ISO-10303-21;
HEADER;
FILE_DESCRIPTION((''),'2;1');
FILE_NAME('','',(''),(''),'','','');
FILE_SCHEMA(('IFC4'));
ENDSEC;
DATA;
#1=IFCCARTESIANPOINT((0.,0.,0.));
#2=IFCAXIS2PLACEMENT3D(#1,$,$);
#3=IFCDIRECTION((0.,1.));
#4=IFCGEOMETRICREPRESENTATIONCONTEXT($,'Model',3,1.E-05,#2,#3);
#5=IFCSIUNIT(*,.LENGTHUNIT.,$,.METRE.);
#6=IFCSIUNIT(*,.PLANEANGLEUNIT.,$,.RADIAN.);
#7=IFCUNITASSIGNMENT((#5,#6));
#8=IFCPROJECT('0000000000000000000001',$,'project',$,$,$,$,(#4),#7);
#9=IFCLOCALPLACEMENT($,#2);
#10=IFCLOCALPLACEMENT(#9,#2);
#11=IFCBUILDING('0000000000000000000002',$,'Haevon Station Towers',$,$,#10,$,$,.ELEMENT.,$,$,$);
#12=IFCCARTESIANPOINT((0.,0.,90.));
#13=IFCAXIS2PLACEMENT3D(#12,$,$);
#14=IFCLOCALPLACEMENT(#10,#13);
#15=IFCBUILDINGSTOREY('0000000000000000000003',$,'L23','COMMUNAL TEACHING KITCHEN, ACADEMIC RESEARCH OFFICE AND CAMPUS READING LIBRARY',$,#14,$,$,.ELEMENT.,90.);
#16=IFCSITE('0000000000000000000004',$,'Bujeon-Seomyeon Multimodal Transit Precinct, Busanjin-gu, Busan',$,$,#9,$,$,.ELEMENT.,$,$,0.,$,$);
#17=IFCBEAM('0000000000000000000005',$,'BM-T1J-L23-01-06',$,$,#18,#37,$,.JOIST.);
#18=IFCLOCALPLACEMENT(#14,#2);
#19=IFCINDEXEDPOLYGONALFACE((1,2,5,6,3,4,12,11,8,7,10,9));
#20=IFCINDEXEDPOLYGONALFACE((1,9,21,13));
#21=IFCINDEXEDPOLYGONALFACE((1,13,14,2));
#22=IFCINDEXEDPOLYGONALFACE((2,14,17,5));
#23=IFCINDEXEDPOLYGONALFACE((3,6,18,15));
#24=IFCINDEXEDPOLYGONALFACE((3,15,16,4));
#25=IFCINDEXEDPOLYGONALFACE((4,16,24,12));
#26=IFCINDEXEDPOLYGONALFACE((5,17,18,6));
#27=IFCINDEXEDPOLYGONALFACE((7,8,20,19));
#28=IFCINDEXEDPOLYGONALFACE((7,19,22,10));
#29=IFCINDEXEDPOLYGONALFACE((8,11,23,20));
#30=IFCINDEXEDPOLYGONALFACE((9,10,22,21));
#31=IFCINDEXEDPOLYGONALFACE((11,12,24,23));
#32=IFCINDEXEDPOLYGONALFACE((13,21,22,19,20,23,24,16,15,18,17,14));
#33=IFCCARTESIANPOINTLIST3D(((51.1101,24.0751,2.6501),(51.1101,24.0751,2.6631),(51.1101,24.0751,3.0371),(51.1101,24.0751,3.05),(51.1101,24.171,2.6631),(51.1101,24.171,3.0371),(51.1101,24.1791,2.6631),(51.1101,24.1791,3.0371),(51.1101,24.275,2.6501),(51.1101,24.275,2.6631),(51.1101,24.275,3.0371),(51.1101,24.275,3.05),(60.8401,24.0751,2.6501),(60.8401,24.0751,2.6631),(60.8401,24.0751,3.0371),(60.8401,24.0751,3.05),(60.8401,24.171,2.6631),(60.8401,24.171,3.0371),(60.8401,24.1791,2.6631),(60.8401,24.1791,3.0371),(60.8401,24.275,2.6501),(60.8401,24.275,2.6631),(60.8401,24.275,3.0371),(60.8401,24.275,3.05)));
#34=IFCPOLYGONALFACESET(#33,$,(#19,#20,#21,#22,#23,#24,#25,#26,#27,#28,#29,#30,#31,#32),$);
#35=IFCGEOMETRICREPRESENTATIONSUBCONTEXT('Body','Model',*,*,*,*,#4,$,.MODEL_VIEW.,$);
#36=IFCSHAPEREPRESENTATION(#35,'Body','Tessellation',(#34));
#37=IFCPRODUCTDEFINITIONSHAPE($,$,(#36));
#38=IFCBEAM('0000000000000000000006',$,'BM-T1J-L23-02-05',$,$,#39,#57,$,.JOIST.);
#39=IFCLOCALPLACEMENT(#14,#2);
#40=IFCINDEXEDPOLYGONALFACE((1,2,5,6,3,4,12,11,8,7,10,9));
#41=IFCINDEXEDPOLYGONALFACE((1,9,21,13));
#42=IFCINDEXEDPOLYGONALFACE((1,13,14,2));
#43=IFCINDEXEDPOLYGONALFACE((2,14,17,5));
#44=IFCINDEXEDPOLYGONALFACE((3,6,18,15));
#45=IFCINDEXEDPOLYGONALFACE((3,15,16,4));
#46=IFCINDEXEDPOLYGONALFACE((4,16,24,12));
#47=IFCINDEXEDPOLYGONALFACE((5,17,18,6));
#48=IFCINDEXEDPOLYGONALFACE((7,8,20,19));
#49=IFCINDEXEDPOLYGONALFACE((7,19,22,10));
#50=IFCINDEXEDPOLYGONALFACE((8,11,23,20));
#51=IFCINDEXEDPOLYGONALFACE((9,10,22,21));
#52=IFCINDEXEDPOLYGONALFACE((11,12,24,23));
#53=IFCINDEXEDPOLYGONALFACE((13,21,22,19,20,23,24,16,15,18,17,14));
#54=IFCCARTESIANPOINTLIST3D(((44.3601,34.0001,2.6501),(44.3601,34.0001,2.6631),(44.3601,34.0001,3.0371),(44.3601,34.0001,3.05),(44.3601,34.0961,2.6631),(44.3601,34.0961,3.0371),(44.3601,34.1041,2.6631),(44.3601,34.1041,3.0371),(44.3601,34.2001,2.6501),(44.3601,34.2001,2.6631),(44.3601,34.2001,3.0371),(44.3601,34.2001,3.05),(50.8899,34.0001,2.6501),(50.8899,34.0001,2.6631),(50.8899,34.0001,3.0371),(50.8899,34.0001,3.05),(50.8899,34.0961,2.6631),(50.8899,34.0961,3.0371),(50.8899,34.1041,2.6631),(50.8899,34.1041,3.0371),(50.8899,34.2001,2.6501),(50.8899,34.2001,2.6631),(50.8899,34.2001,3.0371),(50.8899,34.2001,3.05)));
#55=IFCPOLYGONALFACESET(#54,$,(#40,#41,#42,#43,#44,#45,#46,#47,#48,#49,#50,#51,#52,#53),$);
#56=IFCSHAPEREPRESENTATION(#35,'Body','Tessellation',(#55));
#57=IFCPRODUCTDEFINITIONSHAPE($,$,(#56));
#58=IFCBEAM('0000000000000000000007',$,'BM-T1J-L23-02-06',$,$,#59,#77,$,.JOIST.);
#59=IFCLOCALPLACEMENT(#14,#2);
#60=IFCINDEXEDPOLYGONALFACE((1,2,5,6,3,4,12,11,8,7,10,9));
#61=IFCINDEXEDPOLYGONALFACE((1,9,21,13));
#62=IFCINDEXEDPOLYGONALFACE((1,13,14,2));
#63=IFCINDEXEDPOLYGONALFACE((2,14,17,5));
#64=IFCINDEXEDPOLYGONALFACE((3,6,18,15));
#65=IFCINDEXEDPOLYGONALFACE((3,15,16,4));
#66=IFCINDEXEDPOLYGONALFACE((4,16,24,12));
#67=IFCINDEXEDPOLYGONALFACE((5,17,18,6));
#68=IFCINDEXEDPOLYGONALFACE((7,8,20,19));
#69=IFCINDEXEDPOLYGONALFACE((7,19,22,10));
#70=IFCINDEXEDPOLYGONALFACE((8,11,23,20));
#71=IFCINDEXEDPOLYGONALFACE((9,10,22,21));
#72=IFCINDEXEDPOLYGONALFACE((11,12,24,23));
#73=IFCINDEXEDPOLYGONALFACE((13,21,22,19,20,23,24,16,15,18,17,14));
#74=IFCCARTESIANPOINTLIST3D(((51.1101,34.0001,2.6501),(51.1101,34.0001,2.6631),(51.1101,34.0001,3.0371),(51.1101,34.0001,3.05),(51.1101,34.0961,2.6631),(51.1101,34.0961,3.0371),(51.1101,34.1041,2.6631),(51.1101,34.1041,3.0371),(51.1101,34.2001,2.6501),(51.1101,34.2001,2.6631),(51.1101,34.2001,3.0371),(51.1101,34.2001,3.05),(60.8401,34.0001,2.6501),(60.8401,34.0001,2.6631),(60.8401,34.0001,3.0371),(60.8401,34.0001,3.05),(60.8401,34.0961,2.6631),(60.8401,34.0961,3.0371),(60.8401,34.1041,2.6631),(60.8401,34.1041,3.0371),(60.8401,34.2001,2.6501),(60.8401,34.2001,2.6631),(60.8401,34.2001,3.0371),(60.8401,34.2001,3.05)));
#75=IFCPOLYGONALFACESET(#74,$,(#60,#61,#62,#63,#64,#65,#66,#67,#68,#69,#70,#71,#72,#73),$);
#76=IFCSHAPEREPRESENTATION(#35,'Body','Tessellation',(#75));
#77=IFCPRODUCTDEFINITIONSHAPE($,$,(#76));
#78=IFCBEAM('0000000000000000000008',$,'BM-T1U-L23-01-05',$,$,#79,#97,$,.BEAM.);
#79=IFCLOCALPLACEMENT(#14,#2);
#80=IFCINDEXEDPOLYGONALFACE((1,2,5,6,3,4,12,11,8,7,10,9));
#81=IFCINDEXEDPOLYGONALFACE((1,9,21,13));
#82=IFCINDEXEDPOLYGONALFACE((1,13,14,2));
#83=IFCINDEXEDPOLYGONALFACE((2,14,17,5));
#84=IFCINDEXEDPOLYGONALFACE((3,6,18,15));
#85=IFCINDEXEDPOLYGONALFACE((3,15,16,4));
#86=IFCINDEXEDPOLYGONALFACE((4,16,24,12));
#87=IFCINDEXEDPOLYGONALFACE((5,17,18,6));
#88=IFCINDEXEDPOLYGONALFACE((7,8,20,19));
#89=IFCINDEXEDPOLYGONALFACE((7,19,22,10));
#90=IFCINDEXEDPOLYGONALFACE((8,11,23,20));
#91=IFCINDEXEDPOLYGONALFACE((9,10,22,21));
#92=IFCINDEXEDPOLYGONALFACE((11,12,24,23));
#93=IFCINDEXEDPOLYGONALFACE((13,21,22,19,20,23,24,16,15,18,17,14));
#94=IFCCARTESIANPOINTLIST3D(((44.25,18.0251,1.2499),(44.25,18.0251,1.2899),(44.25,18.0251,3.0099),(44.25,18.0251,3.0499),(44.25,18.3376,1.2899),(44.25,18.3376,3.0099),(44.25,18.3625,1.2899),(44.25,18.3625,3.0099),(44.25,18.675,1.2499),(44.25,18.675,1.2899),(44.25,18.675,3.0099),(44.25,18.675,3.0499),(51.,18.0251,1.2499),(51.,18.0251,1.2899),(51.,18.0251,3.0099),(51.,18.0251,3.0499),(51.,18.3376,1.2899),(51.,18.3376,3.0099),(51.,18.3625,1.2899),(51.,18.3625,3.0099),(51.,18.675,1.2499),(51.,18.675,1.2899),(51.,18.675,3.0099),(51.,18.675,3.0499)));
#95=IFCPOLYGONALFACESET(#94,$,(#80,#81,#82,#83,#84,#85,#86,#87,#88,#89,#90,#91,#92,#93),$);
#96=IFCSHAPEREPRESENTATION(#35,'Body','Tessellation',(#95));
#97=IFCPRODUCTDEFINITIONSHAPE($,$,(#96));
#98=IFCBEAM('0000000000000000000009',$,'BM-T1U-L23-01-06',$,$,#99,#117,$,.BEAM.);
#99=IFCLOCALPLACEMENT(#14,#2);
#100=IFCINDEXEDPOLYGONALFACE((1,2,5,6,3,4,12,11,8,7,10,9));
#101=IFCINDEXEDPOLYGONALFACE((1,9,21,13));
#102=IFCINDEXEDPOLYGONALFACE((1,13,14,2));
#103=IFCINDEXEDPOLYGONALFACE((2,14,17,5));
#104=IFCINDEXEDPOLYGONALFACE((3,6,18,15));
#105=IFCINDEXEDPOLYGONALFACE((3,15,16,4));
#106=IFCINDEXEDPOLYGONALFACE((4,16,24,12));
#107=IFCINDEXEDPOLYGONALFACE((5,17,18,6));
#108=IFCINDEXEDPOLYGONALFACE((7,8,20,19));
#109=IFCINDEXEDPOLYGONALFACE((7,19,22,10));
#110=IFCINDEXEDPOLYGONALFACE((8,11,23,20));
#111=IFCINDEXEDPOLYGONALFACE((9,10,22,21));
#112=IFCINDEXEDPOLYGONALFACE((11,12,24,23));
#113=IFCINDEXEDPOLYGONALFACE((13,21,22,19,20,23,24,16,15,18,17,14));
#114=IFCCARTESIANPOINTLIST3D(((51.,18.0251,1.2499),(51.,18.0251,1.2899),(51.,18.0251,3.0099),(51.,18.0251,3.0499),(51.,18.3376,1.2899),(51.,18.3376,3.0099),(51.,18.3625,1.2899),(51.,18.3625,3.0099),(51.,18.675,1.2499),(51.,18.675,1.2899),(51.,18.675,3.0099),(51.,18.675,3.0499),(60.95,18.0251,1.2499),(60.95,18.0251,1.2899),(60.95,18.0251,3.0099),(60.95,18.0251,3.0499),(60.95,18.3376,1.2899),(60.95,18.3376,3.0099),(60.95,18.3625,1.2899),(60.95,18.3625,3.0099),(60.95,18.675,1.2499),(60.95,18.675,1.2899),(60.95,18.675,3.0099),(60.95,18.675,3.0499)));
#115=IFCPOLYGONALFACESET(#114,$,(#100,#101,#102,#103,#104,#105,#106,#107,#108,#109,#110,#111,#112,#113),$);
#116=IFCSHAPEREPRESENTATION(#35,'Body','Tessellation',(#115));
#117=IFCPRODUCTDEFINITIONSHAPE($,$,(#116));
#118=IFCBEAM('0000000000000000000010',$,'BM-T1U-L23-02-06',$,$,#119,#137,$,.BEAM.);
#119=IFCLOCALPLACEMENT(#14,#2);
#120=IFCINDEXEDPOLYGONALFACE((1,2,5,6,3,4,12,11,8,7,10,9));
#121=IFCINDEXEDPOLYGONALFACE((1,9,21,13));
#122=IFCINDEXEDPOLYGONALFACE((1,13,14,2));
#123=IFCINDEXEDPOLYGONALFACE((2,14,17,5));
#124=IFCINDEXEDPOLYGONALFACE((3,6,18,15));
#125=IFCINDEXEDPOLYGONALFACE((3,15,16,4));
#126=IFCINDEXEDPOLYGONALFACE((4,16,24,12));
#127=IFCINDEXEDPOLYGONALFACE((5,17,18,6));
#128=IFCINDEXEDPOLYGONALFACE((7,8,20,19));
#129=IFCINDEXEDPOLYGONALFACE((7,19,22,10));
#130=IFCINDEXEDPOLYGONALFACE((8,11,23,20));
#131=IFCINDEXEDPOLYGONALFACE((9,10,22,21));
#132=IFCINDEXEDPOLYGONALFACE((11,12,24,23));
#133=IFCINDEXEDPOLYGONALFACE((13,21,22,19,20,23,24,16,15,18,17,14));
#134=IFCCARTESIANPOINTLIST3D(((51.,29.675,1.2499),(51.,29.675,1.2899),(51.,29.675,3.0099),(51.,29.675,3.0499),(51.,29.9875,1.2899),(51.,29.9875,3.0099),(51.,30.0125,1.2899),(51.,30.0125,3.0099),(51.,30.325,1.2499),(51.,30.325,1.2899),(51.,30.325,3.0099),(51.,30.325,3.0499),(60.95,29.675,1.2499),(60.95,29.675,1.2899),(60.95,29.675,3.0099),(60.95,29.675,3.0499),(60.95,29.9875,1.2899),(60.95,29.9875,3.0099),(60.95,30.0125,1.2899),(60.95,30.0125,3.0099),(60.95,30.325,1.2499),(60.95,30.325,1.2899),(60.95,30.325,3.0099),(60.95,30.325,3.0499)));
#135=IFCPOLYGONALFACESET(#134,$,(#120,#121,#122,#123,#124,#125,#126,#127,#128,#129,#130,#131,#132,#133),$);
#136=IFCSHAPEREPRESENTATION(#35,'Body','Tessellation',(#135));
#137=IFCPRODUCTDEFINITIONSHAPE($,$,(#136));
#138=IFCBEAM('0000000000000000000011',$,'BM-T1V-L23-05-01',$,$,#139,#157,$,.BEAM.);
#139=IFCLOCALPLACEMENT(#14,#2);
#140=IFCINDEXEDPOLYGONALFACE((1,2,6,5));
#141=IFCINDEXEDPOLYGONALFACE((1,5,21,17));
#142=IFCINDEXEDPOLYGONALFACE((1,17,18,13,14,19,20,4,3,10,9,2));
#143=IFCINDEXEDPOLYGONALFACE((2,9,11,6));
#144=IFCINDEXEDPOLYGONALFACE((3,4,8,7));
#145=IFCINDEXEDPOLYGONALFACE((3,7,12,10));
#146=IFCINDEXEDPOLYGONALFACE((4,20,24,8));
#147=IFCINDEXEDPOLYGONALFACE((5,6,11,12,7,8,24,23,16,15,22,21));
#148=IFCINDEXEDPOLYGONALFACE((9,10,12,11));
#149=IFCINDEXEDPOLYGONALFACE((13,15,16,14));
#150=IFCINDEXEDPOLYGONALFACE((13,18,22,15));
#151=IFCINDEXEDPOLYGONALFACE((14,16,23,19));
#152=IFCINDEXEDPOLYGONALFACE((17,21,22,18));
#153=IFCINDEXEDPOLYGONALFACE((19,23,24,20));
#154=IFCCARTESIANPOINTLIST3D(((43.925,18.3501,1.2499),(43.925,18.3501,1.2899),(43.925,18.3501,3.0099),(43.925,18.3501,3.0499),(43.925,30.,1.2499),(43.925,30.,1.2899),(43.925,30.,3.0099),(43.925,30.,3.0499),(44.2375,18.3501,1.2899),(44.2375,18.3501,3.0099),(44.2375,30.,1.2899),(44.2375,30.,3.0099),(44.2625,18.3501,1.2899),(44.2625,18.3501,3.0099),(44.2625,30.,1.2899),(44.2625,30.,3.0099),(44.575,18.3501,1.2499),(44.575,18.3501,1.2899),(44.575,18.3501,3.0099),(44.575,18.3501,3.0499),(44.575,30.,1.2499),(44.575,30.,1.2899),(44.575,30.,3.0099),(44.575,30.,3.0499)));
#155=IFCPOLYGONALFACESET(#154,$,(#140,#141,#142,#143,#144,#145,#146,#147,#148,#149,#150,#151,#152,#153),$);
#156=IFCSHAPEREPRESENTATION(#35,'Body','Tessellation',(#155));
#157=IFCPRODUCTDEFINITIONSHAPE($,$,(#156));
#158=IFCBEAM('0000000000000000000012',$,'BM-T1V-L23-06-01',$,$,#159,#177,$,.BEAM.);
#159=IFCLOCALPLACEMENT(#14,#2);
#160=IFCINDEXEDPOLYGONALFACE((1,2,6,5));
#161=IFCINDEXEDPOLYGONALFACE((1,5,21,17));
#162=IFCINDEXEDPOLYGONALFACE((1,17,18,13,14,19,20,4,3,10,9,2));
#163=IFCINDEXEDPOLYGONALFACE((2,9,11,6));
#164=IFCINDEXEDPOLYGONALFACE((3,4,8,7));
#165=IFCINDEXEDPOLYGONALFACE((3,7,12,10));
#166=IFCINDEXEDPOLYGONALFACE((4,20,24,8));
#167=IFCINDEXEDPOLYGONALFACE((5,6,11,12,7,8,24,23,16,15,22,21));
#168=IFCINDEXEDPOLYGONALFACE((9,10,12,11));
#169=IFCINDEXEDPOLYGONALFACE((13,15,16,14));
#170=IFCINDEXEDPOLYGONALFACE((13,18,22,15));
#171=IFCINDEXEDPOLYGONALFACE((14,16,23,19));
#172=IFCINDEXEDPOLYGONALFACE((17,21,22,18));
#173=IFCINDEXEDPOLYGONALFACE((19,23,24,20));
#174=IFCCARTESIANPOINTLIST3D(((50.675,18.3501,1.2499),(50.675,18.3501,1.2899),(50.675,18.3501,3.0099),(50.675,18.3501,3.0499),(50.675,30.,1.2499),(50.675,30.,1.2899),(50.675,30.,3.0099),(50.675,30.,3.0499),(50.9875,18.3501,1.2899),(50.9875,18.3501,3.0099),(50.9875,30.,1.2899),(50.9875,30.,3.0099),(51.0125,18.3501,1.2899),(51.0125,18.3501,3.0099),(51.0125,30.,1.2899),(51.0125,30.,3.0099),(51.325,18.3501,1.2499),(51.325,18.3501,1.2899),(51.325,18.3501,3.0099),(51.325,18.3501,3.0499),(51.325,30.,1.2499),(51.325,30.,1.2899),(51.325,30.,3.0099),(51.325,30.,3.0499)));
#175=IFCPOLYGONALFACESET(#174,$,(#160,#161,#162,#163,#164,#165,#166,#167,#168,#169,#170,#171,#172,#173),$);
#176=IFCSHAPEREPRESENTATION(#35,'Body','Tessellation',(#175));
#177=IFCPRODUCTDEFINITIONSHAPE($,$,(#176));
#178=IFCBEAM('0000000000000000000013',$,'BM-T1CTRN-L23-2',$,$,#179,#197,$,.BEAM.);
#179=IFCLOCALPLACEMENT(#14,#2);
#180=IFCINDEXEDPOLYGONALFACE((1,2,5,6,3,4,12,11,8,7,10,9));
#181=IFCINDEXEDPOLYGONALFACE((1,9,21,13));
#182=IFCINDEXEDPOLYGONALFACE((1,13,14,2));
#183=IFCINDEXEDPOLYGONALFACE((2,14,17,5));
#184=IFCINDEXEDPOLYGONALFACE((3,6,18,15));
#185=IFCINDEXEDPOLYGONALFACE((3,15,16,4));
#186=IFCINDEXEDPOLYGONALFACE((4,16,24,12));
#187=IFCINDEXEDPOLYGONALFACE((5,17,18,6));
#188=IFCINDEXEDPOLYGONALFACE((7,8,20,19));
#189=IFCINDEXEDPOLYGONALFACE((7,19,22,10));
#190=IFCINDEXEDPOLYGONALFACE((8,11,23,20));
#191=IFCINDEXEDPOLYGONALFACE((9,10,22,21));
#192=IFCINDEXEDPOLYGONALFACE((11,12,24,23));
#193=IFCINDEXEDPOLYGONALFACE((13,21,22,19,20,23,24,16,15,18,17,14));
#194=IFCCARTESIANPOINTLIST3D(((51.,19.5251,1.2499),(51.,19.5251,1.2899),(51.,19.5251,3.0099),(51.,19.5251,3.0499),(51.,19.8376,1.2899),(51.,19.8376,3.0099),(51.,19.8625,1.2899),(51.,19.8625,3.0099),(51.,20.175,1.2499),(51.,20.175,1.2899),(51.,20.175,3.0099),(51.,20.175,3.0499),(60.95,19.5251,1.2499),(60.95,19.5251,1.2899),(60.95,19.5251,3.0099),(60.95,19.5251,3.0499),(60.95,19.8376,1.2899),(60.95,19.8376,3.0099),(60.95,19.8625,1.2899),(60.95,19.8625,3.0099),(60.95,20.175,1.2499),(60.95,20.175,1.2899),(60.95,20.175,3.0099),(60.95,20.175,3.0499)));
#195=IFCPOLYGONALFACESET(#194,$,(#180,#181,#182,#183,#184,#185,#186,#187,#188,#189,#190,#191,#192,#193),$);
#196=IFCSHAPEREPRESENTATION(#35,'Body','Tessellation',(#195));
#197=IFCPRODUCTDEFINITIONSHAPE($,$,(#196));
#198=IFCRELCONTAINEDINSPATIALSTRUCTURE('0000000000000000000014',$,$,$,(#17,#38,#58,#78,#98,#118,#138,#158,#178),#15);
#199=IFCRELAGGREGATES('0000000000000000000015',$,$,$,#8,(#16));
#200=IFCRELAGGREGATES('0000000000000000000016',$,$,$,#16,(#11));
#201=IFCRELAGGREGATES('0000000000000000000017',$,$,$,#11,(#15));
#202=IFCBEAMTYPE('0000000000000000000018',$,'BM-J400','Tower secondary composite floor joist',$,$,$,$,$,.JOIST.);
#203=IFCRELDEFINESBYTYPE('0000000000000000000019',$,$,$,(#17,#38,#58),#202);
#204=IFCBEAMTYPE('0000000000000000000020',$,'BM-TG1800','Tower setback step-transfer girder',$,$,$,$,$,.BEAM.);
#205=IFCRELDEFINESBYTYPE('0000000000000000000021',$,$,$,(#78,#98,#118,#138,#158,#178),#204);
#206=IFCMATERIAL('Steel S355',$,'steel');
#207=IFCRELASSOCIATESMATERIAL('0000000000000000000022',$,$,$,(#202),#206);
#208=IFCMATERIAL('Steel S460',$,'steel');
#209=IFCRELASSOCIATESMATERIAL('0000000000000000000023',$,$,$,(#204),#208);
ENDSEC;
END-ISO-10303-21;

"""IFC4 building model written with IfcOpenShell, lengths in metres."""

from ifc_helpers import new_model, si_unit, direction, frame, origin, origin_2d, place, context, subcontext, project, spatial, i_section, extrude, material, material_profile, profile_set, type_object, element, save


model = new_model("IFC4")

# Units and contexts
model_context = context("Model", 3, precision=1e-05, world=origin(), true_north=direction((0.0, 1.0)))
body_context = subcontext(model_context, "Body", "Model", "MODEL_VIEW")
ifc_project = project(units=[si_unit("LENGTHUNIT", "METRE"), si_unit("PLANEANGLEUNIT", "RADIAN")], contexts=[model_context])

# Site, building, storey
site_placement = place(None, origin())
site = spatial("IfcSite", under=ifc_project, at=site_placement, Name="Bujeon-Seomyeon Multimodal Transit Precinct, Busanjin-gu, Busan", CompositionType="ELEMENT", RefElevation=0.0)
building_placement = place(site_placement, origin())
building = spatial("IfcBuilding", under=site, at=building_placement, Name="Haevon Station Towers", CompositionType="ELEMENT")
storey_placement = place(building_placement, frame((0.0, 0.0, 90.0)))
storey = spatial("IfcBuildingStorey", under=building, at=storey_placement, Name="L23", Description="COMMUNAL TEACHING KITCHEN, ACADEMIC RESEARCH OFFICE AND CAMPUS READING LIBRARY", CompositionType="ELEMENT", Elevation=90.0)

# Shared definitions
ifc_material_1 = material(Name="Steel S460", Category="steel")

# Beams
ifc_material_2 = material(Name="Steel S355", Category="steel")
ifc_material_profile_1 = material_profile(ifc_material_2, i_section(OverallWidth=0.2, OverallDepth=0.3999, WebThickness=0.0081, FlangeThickness=0.0129, at=origin_2d()), Name="H-400x200x8x13")
ifc_profile_set_1 = profile_set([ifc_material_profile_1], Name="Steel S355")
beam_type_1 = type_object("IfcBeamType", Name="BM-J400", Description="Tower secondary composite floor joist", PredefinedType="JOIST", material=ifc_profile_set_1)
beam_1_placement = place(storey_placement, frame((51.1101, 24.175, 2.8501), z_axis=(1.0, 0.0, 0.0), x_axis=(0.0, 1.0, 0.0)))
element("IfcBeam", 1, at=beam_1_placement, inside=storey, type_object=beam_type_1, Name="BM-T1J-L23-01-06", PredefinedType="JOIST", context=body_context, shape_type="SweptSolid", body=[
    extrude(i_section(OverallWidth=0.2, OverallDepth=0.3999, WebThickness=0.0081, FlangeThickness=0.0129, at=origin_2d()), origin(), (0.0, 0.0, 1.0), 9.73),
])
beam_2_placement = place(storey_placement, frame((44.3601, 34.1001, 2.8501), z_axis=(1.0, 0.0, 0.0), x_axis=(0.0, 1.0, 0.0)))
element("IfcBeam", 2, at=beam_2_placement, inside=storey, type_object=beam_type_1, Name="BM-T1J-L23-02-05", PredefinedType="JOIST", context=body_context, shape_type="SweptSolid", body=[
    extrude(i_section(OverallWidth=0.2, OverallDepth=0.3999, WebThickness=0.0081, FlangeThickness=0.0129, at=origin_2d()), origin(), (0.0, 0.0, 1.0), 6.5298),
])
beam_3_placement = place(storey_placement, frame((51.1101, 34.1001, 2.8501), z_axis=(1.0, 0.0, 0.0), x_axis=(0.0, 1.0, 0.0)))
element("IfcBeam", 3, at=beam_3_placement, inside=storey, type_object=beam_type_1, Name="BM-T1J-L23-02-06", PredefinedType="JOIST", context=body_context, shape_type="SweptSolid", body=[
    extrude(i_section(OverallWidth=0.2, OverallDepth=0.3999, WebThickness=0.0081, FlangeThickness=0.0129, at=origin_2d()), origin(), (0.0, 0.0, 1.0), 9.73),
])
ifc_material_profile_2 = material_profile(ifc_material_1, i_section(OverallWidth=0.6499, OverallDepth=1.8, WebThickness=0.0249, FlangeThickness=0.04, at=origin_2d()), Name="H-1800x650x25x40")
ifc_profile_set_2 = profile_set([ifc_material_profile_2], Name="Steel S460")
beam_type_2 = type_object("IfcBeamType", Name="BM-TG1800", Description="Tower setback step-transfer girder", PredefinedType="BEAM", material=ifc_profile_set_2)
beam_4_placement = place(storey_placement, frame((44.25, 18.3501, 2.1499), z_axis=(1.0, 0.0, 0.0), x_axis=(0.0, 1.0, 0.0)))
element("IfcBeam", 4, at=beam_4_placement, inside=storey, type_object=beam_type_2, Name="BM-T1U-L23-01-05", PredefinedType="BEAM", context=body_context, shape_type="SweptSolid", body=[
    extrude(i_section(OverallWidth=0.6499, OverallDepth=1.8, WebThickness=0.0249, FlangeThickness=0.04, at=origin_2d()), origin(), (0.0, 0.0, 1.0), 6.75),
])
for number, where, z_axis, x_axis, name in (
    (5, (51.0, 18.3501, 2.1499), (1.0, 0.0, 0.0), (0.0, 1.0, 0.0), "BM-T1U-L23-01-06"),
    (6, (51.0, 30.0, 2.1499), (1.0, 0.0, 0.0), (0.0, 1.0, 0.0), "BM-T1U-L23-02-06"),
):
    element("IfcBeam", number, at=place(storey_placement, frame(where, z_axis=z_axis, x_axis=x_axis)), inside=storey, type_object=beam_type_2, Name=name, PredefinedType="BEAM", context=body_context, shape_type="SweptSolid", body=[
        extrude(i_section(OverallWidth=0.6499, OverallDepth=1.8, WebThickness=0.0249, FlangeThickness=0.04, at=origin_2d()), origin(), (0.0, 0.0, 1.0), 9.95),
    ])
for number, where, z_axis, x_axis, name in (
    (7, (44.25, 18.3501, 2.1499), (0.0, 1.0, 0.0), (-1.0, 0.0, 0.0), "BM-T1V-L23-05-01"),
    (8, (51.0, 18.3501, 2.1499), (0.0, 1.0, 0.0), (-1.0, 0.0, 0.0), "BM-T1V-L23-06-01"),
):
    element("IfcBeam", number, at=place(storey_placement, frame(where, z_axis=z_axis, x_axis=x_axis)), inside=storey, type_object=beam_type_2, Name=name, PredefinedType="BEAM", context=body_context, shape_type="SweptSolid", body=[
        extrude(i_section(OverallWidth=0.6499, OverallDepth=1.8, WebThickness=0.0249, FlangeThickness=0.04, at=origin_2d()), origin(), (0.0, 0.0, 1.0), 11.6499),
    ])
beam_5_placement = place(storey_placement, frame((51.0, 19.8501, 2.1499), z_axis=(1.0, 0.0, 0.0), x_axis=(0.0, 1.0, 0.0)))
element("IfcBeam", 9, at=beam_5_placement, inside=storey, type_object=beam_type_2, Name="BM-T1CTRN-L23-2", PredefinedType="BEAM", context=body_context, shape_type="SweptSolid", body=[
    extrude(i_section(OverallWidth=0.6499, OverallDepth=1.8, WebThickness=0.0249, FlangeThickness=0.04, at=origin_2d()), origin(), (0.0, 0.0, 1.0), 9.95),
])

save(model, "model.ifc")
